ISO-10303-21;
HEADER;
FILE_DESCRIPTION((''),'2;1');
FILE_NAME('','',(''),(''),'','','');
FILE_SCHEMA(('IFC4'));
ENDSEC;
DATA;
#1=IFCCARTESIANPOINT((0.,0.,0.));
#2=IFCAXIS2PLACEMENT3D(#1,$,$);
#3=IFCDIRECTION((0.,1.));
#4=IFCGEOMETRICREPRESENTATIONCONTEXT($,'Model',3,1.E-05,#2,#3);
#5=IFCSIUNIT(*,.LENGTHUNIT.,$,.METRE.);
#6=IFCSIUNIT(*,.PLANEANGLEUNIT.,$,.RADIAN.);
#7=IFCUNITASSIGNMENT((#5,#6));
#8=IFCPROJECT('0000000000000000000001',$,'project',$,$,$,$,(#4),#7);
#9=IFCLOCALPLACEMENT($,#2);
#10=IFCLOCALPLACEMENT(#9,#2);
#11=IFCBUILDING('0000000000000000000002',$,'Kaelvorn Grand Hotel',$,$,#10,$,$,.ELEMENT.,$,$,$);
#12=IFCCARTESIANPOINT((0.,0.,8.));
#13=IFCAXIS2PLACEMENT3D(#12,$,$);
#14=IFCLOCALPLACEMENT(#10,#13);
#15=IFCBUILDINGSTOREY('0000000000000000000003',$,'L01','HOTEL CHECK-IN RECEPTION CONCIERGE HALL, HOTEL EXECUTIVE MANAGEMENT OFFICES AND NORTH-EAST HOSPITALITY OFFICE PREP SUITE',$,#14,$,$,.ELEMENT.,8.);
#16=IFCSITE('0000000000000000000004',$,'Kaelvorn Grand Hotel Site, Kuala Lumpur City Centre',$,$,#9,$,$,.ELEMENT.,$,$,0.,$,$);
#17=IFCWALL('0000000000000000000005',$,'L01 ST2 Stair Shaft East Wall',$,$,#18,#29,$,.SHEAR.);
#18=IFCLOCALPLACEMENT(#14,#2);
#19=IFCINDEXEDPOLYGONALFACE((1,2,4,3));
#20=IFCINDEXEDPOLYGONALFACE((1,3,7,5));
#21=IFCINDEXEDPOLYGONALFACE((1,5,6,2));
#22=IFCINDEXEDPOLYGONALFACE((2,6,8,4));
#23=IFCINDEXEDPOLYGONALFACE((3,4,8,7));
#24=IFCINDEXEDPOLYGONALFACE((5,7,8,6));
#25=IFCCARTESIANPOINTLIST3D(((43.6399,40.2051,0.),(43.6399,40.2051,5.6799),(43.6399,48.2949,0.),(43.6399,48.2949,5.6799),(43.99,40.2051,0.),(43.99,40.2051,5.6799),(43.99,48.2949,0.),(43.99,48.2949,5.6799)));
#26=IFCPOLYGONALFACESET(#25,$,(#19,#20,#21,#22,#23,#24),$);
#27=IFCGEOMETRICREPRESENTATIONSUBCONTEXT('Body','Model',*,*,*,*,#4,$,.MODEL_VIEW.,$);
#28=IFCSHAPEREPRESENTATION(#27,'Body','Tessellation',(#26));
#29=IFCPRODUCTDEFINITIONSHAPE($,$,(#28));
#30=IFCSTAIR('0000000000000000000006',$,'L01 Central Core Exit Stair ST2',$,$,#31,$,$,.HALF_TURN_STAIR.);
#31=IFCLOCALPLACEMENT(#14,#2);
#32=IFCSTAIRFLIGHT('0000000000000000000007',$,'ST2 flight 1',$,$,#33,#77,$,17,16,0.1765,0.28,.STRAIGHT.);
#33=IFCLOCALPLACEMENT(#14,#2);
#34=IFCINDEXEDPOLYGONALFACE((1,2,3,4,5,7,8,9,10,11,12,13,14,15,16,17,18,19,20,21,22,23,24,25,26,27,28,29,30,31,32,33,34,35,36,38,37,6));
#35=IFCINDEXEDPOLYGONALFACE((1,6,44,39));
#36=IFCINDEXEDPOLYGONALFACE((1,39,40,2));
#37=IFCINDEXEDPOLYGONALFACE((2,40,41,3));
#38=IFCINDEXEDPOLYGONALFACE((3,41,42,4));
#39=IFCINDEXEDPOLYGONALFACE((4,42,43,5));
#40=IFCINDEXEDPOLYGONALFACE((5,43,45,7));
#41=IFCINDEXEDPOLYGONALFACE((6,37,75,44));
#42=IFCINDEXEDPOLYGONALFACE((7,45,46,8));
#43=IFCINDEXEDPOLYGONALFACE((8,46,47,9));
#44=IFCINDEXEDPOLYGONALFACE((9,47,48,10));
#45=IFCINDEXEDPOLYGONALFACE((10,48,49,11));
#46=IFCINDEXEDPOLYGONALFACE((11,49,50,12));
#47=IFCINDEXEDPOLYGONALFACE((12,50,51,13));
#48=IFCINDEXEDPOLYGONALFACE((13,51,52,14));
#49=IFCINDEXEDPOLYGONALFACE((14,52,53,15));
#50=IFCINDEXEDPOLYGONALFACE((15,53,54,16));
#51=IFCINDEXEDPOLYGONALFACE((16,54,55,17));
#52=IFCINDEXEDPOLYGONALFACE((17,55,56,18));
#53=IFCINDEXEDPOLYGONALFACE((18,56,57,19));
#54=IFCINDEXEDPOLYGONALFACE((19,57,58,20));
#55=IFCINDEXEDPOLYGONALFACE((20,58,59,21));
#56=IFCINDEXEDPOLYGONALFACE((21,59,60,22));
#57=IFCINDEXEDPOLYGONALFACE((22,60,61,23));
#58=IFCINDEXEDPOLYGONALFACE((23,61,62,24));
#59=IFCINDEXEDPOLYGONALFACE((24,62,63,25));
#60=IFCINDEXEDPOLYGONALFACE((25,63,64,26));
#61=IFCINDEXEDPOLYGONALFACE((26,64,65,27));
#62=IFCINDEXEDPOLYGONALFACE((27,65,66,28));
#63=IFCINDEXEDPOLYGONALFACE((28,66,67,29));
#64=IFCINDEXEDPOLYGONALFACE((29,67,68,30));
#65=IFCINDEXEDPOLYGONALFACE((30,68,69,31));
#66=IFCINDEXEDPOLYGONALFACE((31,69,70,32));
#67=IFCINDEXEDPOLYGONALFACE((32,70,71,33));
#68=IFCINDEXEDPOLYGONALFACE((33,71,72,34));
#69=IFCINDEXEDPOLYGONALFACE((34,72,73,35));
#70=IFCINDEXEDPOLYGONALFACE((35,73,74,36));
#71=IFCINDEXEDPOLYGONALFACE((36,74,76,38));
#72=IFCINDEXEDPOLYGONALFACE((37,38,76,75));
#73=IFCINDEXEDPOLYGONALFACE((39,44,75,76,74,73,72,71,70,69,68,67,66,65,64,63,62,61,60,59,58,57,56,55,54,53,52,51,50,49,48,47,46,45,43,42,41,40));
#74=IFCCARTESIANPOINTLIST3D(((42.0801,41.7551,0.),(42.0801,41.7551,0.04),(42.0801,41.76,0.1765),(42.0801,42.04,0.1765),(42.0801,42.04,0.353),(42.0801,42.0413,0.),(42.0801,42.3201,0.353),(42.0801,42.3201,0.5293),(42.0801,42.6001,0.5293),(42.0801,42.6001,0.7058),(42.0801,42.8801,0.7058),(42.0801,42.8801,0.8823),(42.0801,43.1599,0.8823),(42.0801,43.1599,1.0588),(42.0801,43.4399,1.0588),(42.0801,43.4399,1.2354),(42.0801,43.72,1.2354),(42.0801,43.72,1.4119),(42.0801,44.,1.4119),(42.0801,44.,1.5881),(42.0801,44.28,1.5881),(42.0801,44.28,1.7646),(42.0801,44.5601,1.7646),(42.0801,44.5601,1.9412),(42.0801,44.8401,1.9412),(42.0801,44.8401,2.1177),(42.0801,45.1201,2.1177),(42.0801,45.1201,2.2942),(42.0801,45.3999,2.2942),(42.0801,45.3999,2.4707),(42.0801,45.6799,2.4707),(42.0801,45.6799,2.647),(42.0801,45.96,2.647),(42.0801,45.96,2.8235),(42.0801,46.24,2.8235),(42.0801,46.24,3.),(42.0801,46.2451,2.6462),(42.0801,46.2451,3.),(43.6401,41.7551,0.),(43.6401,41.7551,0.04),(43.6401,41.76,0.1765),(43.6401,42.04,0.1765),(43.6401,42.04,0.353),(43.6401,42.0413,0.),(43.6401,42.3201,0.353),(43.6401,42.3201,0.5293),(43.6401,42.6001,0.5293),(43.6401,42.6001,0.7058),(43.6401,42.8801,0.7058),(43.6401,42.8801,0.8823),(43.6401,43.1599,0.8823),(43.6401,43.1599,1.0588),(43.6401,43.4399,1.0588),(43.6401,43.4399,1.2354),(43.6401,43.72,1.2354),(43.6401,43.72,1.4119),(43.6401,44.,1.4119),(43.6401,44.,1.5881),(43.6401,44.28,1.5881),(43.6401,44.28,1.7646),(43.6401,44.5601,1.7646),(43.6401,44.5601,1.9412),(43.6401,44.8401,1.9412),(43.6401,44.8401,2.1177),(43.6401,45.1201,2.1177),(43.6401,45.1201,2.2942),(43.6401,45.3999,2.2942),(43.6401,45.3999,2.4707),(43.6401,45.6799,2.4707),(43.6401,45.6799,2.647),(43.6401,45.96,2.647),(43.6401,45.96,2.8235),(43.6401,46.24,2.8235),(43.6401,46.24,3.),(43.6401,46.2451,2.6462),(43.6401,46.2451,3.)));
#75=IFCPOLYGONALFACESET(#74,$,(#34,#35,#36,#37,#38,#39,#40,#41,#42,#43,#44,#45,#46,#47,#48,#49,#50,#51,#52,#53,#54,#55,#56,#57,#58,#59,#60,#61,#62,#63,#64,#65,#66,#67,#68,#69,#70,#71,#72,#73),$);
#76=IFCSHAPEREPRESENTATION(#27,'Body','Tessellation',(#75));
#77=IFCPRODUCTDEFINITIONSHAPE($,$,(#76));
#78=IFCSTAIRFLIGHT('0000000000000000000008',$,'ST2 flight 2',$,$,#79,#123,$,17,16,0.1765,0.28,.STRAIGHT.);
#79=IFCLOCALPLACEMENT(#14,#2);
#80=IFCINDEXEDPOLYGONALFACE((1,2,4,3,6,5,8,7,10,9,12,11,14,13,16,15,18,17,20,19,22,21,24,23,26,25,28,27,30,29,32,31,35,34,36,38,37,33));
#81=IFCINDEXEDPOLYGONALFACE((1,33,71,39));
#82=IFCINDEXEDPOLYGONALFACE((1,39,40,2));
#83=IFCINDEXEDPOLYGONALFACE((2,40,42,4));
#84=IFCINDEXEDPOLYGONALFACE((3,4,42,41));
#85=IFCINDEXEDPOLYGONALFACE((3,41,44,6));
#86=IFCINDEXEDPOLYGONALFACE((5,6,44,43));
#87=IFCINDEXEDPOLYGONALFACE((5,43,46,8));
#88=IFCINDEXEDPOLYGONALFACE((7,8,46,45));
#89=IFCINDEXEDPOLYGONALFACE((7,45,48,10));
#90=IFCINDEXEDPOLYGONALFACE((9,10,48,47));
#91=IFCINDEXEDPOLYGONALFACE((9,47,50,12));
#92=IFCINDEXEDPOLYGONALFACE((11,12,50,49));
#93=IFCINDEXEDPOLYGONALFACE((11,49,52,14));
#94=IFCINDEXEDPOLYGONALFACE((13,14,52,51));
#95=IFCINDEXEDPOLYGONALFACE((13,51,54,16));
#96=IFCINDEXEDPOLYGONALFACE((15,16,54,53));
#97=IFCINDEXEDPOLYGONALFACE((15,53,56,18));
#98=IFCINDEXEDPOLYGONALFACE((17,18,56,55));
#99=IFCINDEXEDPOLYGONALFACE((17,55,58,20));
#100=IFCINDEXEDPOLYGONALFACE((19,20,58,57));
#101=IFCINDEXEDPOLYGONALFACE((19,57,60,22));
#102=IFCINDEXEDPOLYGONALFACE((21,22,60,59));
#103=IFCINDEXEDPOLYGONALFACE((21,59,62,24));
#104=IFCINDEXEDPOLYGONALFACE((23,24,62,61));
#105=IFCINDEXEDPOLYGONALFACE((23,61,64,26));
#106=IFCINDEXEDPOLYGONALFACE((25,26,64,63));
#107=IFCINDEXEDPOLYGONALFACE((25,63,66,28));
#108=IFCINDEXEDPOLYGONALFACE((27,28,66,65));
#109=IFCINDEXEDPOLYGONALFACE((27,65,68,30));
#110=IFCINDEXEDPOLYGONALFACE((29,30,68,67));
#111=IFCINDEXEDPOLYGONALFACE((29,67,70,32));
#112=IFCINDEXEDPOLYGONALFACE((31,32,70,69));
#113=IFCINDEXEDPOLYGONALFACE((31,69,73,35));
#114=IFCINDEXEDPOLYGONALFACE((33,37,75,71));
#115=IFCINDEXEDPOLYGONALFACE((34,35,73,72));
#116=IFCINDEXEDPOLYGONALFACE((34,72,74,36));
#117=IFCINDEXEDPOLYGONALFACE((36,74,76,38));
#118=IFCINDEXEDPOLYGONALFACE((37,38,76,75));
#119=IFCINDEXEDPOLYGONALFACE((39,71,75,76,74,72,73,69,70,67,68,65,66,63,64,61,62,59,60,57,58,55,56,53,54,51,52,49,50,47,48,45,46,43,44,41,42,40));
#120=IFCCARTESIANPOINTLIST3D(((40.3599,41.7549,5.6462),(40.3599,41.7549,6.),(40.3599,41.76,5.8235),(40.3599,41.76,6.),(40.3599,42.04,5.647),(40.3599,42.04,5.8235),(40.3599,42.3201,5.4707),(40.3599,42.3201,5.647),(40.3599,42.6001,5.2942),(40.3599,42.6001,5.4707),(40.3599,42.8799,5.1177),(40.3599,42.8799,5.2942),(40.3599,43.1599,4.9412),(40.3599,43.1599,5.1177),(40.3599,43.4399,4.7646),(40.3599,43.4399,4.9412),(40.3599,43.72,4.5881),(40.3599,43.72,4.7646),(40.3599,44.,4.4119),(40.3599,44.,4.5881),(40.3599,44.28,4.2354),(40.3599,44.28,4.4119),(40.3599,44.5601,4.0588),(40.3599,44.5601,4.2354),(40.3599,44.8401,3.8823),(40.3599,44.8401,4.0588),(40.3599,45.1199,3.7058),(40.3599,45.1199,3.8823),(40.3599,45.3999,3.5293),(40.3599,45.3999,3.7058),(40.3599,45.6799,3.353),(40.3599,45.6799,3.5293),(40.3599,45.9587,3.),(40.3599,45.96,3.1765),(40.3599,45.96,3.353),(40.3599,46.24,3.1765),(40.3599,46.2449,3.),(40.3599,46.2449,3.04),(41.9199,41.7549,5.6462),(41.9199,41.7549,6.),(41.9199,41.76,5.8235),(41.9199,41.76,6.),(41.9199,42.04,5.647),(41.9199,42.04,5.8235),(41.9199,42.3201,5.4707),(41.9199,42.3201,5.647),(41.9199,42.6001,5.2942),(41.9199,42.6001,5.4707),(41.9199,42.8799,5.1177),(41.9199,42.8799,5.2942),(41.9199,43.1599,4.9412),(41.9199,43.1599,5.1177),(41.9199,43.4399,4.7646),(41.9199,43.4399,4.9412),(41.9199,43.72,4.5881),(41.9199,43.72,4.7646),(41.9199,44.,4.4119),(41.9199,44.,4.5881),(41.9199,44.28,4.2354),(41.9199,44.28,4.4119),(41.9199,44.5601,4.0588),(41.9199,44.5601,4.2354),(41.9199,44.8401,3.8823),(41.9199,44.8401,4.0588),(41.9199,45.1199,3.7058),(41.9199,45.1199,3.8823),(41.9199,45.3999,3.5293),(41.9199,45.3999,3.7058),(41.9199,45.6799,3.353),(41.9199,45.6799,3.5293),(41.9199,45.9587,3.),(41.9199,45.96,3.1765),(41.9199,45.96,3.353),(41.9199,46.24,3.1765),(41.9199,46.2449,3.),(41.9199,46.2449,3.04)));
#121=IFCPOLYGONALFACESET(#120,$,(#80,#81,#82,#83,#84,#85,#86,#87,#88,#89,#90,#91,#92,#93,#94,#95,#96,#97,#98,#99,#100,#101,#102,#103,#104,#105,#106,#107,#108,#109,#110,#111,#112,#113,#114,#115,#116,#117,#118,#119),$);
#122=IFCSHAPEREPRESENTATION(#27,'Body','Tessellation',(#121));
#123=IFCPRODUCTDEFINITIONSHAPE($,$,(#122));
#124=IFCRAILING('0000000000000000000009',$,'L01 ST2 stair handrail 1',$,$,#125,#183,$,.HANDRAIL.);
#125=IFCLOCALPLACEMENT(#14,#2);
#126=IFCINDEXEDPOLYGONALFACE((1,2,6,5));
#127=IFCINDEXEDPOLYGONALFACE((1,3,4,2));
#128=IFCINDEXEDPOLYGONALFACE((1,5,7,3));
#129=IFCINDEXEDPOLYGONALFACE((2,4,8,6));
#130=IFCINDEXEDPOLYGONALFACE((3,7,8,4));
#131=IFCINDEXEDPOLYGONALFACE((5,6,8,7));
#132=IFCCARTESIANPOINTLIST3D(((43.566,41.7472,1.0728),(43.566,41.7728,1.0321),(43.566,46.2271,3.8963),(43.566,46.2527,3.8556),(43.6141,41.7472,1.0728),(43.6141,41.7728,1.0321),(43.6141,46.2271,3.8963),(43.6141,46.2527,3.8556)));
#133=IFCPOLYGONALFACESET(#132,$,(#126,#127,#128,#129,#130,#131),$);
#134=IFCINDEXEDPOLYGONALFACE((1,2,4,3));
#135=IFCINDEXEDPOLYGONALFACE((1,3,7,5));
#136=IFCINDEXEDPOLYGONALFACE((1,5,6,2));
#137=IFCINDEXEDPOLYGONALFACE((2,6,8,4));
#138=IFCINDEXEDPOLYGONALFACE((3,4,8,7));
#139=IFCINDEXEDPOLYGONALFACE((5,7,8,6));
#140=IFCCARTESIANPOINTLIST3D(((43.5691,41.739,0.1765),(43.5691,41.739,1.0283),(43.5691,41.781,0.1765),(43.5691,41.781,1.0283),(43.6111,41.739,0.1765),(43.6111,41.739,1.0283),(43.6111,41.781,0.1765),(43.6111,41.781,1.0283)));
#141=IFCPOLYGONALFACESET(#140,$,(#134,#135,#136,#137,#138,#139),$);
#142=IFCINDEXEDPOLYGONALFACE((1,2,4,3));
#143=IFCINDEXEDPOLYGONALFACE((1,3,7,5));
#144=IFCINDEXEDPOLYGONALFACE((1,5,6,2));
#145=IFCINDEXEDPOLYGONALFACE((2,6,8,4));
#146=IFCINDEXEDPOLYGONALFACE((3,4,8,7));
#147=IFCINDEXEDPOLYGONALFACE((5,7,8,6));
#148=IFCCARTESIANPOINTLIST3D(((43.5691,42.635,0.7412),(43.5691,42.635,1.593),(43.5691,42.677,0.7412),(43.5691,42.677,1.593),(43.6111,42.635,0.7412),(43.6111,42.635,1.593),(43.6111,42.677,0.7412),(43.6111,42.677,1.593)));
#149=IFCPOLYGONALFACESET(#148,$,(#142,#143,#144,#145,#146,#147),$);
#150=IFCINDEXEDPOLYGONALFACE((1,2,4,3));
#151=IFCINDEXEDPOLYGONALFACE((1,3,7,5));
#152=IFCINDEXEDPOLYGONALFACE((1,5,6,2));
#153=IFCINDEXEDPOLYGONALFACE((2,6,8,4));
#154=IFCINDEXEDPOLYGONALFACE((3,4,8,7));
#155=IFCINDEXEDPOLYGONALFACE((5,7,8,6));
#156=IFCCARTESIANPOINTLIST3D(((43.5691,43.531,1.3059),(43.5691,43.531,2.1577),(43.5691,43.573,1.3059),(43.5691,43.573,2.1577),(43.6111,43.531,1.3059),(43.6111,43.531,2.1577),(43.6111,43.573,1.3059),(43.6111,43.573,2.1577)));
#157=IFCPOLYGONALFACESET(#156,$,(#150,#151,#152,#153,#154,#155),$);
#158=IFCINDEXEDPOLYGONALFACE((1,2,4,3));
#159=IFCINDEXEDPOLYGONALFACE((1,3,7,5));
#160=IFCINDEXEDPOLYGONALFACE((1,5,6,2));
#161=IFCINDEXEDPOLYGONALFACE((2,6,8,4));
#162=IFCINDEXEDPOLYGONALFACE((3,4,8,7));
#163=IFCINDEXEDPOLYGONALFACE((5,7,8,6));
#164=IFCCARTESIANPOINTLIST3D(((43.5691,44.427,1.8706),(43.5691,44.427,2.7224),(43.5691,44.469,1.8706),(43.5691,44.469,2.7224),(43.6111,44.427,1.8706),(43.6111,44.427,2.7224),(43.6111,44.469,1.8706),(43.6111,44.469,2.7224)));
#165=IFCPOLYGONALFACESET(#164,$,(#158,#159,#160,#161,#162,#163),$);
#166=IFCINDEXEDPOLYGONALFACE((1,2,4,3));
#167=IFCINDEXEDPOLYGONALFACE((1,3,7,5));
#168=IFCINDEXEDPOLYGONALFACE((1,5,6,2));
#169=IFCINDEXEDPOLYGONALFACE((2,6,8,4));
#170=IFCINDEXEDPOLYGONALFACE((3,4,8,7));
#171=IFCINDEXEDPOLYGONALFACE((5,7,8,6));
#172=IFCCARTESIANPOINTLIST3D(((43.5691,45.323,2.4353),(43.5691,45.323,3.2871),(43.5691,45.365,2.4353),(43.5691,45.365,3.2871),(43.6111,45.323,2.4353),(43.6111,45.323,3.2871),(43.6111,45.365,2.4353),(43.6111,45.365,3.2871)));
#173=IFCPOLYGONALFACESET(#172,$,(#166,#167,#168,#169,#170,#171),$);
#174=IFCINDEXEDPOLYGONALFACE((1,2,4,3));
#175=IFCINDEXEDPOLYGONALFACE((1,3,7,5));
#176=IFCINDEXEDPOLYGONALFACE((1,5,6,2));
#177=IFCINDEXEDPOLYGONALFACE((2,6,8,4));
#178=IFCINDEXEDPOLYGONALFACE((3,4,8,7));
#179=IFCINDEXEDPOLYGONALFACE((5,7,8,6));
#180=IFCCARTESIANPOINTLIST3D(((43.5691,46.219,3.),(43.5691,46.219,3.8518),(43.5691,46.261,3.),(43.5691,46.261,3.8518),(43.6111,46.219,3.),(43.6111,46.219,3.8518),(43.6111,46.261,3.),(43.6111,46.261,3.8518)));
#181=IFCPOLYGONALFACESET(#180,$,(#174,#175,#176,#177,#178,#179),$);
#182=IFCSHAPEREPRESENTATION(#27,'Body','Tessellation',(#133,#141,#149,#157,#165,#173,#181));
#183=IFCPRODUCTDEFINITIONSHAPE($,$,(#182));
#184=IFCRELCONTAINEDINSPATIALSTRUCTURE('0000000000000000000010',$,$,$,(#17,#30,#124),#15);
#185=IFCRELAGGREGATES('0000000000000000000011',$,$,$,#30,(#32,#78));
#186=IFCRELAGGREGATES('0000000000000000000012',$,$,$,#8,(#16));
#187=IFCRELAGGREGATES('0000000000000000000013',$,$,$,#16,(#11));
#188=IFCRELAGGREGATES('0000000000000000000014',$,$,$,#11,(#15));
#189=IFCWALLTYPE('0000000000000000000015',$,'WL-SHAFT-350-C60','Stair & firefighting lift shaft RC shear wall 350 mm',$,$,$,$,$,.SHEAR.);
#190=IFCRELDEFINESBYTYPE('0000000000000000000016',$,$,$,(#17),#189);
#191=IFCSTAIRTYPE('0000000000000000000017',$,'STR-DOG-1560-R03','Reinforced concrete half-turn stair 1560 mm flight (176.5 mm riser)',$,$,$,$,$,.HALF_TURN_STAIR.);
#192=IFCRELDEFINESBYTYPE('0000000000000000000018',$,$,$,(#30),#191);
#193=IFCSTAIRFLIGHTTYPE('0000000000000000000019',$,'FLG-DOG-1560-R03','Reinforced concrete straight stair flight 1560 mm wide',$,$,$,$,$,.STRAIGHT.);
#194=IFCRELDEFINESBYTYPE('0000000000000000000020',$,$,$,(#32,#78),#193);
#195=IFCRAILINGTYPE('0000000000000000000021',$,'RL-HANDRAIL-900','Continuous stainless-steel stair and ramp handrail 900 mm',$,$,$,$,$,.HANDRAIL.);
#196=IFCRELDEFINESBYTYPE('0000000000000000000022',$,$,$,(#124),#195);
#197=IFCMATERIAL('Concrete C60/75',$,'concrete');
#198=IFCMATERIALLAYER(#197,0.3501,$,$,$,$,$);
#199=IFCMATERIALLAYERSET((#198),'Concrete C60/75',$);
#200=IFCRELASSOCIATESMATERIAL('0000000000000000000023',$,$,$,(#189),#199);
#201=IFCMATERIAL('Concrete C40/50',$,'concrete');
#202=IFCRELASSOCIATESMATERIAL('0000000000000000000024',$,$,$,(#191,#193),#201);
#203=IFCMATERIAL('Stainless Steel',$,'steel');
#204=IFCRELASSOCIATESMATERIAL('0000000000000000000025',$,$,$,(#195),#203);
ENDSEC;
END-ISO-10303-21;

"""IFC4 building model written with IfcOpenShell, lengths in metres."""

from ifc_helpers import new_model, si_unit, direction, frame, frame_2d, origin, origin_2d, place, context, subcontext, project, spatial, polyline, rectangle, outline, extrude, material, layer, layer_set, type_object, element, aggregate, save


model = new_model("IFC4")

# Units and contexts
model_context = context("Model", 3, precision=1e-05, world=origin(), true_north=direction((0.0, 1.0)))
body_context = subcontext(model_context, "Body", "Model", "MODEL_VIEW")
ifc_project = project(units=[si_unit("LENGTHUNIT", "METRE"), si_unit("PLANEANGLEUNIT", "RADIAN")], contexts=[model_context])

# Site, building, storey
site_placement = place(None, origin())
site = spatial("IfcSite", under=ifc_project, at=site_placement, Name="Kaelvorn Grand Hotel Site, Kuala Lumpur City Centre", CompositionType="ELEMENT", RefElevation=0.0)
building_placement = place(site_placement, origin())
building = spatial("IfcBuilding", under=site, at=building_placement, Name="Kaelvorn Grand Hotel", CompositionType="ELEMENT")
storey_placement = place(building_placement, frame((0.0, 0.0, 8.0)))
storey = spatial("IfcBuildingStorey", under=building, at=storey_placement, Name="L01", Description="HOTEL CHECK-IN RECEPTION CONCIERGE HALL, HOTEL EXECUTIVE MANAGEMENT OFFICES AND NORTH-EAST HOSPITALITY OFFICE PREP SUITE", CompositionType="ELEMENT", Elevation=8.0)

# Wall
ifc_material_1 = material(Name="Concrete C40/50", Category="concrete")
ifc_material_2 = material(Name="Concrete C60/75", Category="concrete")
ifc_layer_1 = layer(ifc_material_2, 0.3501)
ifc_layer_set_1 = layer_set([ifc_layer_1], Name="Concrete C60/75")
wall_type_1 = type_object("IfcWallType", Name="WL-SHAFT-350-C60", Description="Stair & firefighting lift shaft RC shear wall 350 mm", PredefinedType="SHEAR", material=ifc_layer_set_1)
wall_1_placement = place(storey_placement, frame((43.8149, 40.2051, 0.0), z_axis=(0.0, 0.0, 1.0), x_axis=(0.0, 1.0, 0.0)))
element("IfcWall", 1, at=wall_1_placement, inside=storey, type_object=wall_type_1, Name="L01 ST2 Stair Shaft East Wall", PredefinedType="SHEAR", context=body_context, shape_type="SweptSolid", body=[
    extrude(rectangle(XDim=8.0898, YDim=0.3501, at=frame_2d((4.0449, 0.0))), origin(), (0.0, 0.0, 1.0), 5.6799),
])

# Stair, stair flights
stair_type = type_object("IfcStairType", Name="STR-DOG-1560-R03", Description="Reinforced concrete half-turn stair 1560 mm flight (176.5 mm riser)", PredefinedType="HALF_TURN_STAIR", material=ifc_material_1)
stair_placement = place(storey_placement, origin())
stair = element("IfcStair", 2, at=stair_placement, inside=storey, type_object=stair_type, Name="L01 Central Core Exit Stair ST2", PredefinedType="HALF_TURN_STAIR")
stair_flight_type = type_object("IfcStairFlightType", Name="FLG-DOG-1560-R03", Description="Reinforced concrete straight stair flight 1560 mm wide", PredefinedType="STRAIGHT", material=ifc_material_1)
stair_flight_1_placement = place(storey_placement, frame((42.8601, 41.76, 0.0), z_axis=(0.0, 0.0, 1.0), x_axis=(0.0, 1.0, 0.0)))
stair_flight_1 = element("IfcStairFlight", 3, at=stair_flight_1_placement, type_object=stair_flight_type, Name="ST2 flight 1", NumberOfRisers=17, NumberOfTreads=16, PredefinedType="STRAIGHT", RiserHeight=0.1765, TreadLength=0.28, context=body_context, shape_type="SweptSolid", body=[
    extrude(outline(polyline([(-0.0049, 0.0), (-0.0049, 0.04), (0.0, 0.1765), (0.28, 0.1765), (0.28, 0.353), (0.5601, 0.353), (0.5601, 0.5293), (0.8401, 0.5293), (0.8401, 0.7058), (1.1201, 0.7058), (1.1201, 0.8823), (1.3999, 0.8823), (1.3999, 1.0588), (1.6799, 1.0588), (1.6799, 1.2354), (1.96, 1.2354), (1.96, 1.4119), (2.24, 1.4119), (2.24, 1.5881), (2.52, 1.5881), (2.52, 1.7646), (2.8, 1.7646), (2.8, 1.9412), (3.0801, 1.9412), (3.0801, 2.1177), (3.3601, 2.1177), (3.3601, 2.2942), (3.6399, 2.2942), (3.6399, 2.4707), (3.9199, 2.4707), (3.9199, 2.647), (4.2, 2.647), (4.2, 2.8235), (4.48, 2.8235), (4.48, 3.0), (4.4851, 3.0), (4.4851, 2.6462), (0.2812, 0.0), (-0.0049, 0.0)])), frame((0.0, 0.78, 0.0), z_axis=(0.0, -1.0, 0.0), x_axis=(1.0, 0.0, 0.0)), (0.0, 0.0, 1.0), 1.5601),
])
stair_flight_2_placement = place(storey_placement, frame((41.1399, 46.24, 3.0), z_axis=(0.0, 0.0, 1.0), x_axis=(0.0, -1.0, 0.0)))
stair_flight_2 = element("IfcStairFlight", 4, at=stair_flight_2_placement, type_object=stair_flight_type, Name="ST2 flight 2", NumberOfRisers=17, NumberOfTreads=16, PredefinedType="STRAIGHT", RiserHeight=0.1765, TreadLength=0.28, context=body_context, shape_type="SweptSolid", body=[
    extrude(outline(polyline([(-0.0049, 0.0), (-0.0049, 0.04), (0.0, 0.1765), (0.28, 0.1765), (0.28, 0.353), (0.5601, 0.353), (0.5601, 0.5293), (0.8401, 0.5293), (0.8401, 0.7058), (1.1201, 0.7058), (1.1201, 0.8823), (1.3999, 0.8823), (1.3999, 1.0588), (1.6799, 1.0588), (1.6799, 1.2354), (1.96, 1.2354), (1.96, 1.4119), (2.24, 1.4119), (2.24, 1.5881), (2.52, 1.5881), (2.52, 1.7646), (2.8, 1.7646), (2.8, 1.9412), (3.0801, 1.9412), (3.0801, 2.1177), (3.3601, 2.1177), (3.3601, 2.2942), (3.6399, 2.2942), (3.6399, 2.4707), (3.9199, 2.4707), (3.9199, 2.647), (4.2, 2.647), (4.2, 2.8235), (4.48, 2.8235), (4.48, 3.0), (4.4851, 3.0), (4.4851, 2.6462), (0.2812, 0.0), (-0.0049, 0.0)])), frame((0.0, 0.78, 0.0), z_axis=(0.0, -1.0, 0.0), x_axis=(1.0, 0.0, 0.0)), (0.0, 0.0, 1.0), 1.5601),
])
aggregate(stair, [stair_flight_1, stair_flight_2])

# Railing
ifc_material_3 = material(Name="Stainless Steel", Category="steel")
railing_type_1 = type_object("IfcRailingType", Name="RL-HANDRAIL-900", Description="Continuous stainless-steel stair and ramp handrail 900 mm", PredefinedType="HANDRAIL", material=ifc_material_3)
railing_1_placement = place(storey_placement, frame((43.5901, 41.76, 0.1765)))
element("IfcRailing", 5, at=railing_1_placement, inside=storey, type_object=railing_type_1, Name="L01 ST2 stair handrail 1", PredefinedType="HANDRAIL", context=body_context, shape_type="SweptSolid", body=[
    extrude(rectangle(XDim=0.0481, YDim=0.0481, at=origin_2d()), frame((0.0, 0.0, 0.876), z_axis=(0.0, 0.845998, 0.533186), x_axis=(-1.0, 0.0, 0.0)), (0.0, 0.0, 1.0), 5.2954),
    extrude(rectangle(XDim=0.042, YDim=0.042, at=origin_2d()), origin(), (0.0, 0.0, 1.0), 0.8518),
    extrude(rectangle(XDim=0.042, YDim=0.042, at=origin_2d()), frame((0.0, 0.896, 0.5647)), (0.0, 0.0, 1.0), 0.8518),
    extrude(rectangle(XDim=0.042, YDim=0.042, at=origin_2d()), frame((0.0, 1.792, 1.1294)), (0.0, 0.0, 1.0), 0.8518),
    extrude(rectangle(XDim=0.042, YDim=0.042, at=origin_2d()), frame((0.0, 2.688, 1.6941)), (0.0, 0.0, 1.0), 0.8518),
    extrude(rectangle(XDim=0.042, YDim=0.042, at=origin_2d()), frame((0.0, 3.584, 2.2588)), (0.0, 0.0, 1.0), 0.8518),
    extrude(rectangle(XDim=0.042, YDim=0.042, at=origin_2d()), frame((0.0, 4.48, 2.8235)), (0.0, 0.0, 1.0), 0.8518),
])

save(model, "model.ifc")
